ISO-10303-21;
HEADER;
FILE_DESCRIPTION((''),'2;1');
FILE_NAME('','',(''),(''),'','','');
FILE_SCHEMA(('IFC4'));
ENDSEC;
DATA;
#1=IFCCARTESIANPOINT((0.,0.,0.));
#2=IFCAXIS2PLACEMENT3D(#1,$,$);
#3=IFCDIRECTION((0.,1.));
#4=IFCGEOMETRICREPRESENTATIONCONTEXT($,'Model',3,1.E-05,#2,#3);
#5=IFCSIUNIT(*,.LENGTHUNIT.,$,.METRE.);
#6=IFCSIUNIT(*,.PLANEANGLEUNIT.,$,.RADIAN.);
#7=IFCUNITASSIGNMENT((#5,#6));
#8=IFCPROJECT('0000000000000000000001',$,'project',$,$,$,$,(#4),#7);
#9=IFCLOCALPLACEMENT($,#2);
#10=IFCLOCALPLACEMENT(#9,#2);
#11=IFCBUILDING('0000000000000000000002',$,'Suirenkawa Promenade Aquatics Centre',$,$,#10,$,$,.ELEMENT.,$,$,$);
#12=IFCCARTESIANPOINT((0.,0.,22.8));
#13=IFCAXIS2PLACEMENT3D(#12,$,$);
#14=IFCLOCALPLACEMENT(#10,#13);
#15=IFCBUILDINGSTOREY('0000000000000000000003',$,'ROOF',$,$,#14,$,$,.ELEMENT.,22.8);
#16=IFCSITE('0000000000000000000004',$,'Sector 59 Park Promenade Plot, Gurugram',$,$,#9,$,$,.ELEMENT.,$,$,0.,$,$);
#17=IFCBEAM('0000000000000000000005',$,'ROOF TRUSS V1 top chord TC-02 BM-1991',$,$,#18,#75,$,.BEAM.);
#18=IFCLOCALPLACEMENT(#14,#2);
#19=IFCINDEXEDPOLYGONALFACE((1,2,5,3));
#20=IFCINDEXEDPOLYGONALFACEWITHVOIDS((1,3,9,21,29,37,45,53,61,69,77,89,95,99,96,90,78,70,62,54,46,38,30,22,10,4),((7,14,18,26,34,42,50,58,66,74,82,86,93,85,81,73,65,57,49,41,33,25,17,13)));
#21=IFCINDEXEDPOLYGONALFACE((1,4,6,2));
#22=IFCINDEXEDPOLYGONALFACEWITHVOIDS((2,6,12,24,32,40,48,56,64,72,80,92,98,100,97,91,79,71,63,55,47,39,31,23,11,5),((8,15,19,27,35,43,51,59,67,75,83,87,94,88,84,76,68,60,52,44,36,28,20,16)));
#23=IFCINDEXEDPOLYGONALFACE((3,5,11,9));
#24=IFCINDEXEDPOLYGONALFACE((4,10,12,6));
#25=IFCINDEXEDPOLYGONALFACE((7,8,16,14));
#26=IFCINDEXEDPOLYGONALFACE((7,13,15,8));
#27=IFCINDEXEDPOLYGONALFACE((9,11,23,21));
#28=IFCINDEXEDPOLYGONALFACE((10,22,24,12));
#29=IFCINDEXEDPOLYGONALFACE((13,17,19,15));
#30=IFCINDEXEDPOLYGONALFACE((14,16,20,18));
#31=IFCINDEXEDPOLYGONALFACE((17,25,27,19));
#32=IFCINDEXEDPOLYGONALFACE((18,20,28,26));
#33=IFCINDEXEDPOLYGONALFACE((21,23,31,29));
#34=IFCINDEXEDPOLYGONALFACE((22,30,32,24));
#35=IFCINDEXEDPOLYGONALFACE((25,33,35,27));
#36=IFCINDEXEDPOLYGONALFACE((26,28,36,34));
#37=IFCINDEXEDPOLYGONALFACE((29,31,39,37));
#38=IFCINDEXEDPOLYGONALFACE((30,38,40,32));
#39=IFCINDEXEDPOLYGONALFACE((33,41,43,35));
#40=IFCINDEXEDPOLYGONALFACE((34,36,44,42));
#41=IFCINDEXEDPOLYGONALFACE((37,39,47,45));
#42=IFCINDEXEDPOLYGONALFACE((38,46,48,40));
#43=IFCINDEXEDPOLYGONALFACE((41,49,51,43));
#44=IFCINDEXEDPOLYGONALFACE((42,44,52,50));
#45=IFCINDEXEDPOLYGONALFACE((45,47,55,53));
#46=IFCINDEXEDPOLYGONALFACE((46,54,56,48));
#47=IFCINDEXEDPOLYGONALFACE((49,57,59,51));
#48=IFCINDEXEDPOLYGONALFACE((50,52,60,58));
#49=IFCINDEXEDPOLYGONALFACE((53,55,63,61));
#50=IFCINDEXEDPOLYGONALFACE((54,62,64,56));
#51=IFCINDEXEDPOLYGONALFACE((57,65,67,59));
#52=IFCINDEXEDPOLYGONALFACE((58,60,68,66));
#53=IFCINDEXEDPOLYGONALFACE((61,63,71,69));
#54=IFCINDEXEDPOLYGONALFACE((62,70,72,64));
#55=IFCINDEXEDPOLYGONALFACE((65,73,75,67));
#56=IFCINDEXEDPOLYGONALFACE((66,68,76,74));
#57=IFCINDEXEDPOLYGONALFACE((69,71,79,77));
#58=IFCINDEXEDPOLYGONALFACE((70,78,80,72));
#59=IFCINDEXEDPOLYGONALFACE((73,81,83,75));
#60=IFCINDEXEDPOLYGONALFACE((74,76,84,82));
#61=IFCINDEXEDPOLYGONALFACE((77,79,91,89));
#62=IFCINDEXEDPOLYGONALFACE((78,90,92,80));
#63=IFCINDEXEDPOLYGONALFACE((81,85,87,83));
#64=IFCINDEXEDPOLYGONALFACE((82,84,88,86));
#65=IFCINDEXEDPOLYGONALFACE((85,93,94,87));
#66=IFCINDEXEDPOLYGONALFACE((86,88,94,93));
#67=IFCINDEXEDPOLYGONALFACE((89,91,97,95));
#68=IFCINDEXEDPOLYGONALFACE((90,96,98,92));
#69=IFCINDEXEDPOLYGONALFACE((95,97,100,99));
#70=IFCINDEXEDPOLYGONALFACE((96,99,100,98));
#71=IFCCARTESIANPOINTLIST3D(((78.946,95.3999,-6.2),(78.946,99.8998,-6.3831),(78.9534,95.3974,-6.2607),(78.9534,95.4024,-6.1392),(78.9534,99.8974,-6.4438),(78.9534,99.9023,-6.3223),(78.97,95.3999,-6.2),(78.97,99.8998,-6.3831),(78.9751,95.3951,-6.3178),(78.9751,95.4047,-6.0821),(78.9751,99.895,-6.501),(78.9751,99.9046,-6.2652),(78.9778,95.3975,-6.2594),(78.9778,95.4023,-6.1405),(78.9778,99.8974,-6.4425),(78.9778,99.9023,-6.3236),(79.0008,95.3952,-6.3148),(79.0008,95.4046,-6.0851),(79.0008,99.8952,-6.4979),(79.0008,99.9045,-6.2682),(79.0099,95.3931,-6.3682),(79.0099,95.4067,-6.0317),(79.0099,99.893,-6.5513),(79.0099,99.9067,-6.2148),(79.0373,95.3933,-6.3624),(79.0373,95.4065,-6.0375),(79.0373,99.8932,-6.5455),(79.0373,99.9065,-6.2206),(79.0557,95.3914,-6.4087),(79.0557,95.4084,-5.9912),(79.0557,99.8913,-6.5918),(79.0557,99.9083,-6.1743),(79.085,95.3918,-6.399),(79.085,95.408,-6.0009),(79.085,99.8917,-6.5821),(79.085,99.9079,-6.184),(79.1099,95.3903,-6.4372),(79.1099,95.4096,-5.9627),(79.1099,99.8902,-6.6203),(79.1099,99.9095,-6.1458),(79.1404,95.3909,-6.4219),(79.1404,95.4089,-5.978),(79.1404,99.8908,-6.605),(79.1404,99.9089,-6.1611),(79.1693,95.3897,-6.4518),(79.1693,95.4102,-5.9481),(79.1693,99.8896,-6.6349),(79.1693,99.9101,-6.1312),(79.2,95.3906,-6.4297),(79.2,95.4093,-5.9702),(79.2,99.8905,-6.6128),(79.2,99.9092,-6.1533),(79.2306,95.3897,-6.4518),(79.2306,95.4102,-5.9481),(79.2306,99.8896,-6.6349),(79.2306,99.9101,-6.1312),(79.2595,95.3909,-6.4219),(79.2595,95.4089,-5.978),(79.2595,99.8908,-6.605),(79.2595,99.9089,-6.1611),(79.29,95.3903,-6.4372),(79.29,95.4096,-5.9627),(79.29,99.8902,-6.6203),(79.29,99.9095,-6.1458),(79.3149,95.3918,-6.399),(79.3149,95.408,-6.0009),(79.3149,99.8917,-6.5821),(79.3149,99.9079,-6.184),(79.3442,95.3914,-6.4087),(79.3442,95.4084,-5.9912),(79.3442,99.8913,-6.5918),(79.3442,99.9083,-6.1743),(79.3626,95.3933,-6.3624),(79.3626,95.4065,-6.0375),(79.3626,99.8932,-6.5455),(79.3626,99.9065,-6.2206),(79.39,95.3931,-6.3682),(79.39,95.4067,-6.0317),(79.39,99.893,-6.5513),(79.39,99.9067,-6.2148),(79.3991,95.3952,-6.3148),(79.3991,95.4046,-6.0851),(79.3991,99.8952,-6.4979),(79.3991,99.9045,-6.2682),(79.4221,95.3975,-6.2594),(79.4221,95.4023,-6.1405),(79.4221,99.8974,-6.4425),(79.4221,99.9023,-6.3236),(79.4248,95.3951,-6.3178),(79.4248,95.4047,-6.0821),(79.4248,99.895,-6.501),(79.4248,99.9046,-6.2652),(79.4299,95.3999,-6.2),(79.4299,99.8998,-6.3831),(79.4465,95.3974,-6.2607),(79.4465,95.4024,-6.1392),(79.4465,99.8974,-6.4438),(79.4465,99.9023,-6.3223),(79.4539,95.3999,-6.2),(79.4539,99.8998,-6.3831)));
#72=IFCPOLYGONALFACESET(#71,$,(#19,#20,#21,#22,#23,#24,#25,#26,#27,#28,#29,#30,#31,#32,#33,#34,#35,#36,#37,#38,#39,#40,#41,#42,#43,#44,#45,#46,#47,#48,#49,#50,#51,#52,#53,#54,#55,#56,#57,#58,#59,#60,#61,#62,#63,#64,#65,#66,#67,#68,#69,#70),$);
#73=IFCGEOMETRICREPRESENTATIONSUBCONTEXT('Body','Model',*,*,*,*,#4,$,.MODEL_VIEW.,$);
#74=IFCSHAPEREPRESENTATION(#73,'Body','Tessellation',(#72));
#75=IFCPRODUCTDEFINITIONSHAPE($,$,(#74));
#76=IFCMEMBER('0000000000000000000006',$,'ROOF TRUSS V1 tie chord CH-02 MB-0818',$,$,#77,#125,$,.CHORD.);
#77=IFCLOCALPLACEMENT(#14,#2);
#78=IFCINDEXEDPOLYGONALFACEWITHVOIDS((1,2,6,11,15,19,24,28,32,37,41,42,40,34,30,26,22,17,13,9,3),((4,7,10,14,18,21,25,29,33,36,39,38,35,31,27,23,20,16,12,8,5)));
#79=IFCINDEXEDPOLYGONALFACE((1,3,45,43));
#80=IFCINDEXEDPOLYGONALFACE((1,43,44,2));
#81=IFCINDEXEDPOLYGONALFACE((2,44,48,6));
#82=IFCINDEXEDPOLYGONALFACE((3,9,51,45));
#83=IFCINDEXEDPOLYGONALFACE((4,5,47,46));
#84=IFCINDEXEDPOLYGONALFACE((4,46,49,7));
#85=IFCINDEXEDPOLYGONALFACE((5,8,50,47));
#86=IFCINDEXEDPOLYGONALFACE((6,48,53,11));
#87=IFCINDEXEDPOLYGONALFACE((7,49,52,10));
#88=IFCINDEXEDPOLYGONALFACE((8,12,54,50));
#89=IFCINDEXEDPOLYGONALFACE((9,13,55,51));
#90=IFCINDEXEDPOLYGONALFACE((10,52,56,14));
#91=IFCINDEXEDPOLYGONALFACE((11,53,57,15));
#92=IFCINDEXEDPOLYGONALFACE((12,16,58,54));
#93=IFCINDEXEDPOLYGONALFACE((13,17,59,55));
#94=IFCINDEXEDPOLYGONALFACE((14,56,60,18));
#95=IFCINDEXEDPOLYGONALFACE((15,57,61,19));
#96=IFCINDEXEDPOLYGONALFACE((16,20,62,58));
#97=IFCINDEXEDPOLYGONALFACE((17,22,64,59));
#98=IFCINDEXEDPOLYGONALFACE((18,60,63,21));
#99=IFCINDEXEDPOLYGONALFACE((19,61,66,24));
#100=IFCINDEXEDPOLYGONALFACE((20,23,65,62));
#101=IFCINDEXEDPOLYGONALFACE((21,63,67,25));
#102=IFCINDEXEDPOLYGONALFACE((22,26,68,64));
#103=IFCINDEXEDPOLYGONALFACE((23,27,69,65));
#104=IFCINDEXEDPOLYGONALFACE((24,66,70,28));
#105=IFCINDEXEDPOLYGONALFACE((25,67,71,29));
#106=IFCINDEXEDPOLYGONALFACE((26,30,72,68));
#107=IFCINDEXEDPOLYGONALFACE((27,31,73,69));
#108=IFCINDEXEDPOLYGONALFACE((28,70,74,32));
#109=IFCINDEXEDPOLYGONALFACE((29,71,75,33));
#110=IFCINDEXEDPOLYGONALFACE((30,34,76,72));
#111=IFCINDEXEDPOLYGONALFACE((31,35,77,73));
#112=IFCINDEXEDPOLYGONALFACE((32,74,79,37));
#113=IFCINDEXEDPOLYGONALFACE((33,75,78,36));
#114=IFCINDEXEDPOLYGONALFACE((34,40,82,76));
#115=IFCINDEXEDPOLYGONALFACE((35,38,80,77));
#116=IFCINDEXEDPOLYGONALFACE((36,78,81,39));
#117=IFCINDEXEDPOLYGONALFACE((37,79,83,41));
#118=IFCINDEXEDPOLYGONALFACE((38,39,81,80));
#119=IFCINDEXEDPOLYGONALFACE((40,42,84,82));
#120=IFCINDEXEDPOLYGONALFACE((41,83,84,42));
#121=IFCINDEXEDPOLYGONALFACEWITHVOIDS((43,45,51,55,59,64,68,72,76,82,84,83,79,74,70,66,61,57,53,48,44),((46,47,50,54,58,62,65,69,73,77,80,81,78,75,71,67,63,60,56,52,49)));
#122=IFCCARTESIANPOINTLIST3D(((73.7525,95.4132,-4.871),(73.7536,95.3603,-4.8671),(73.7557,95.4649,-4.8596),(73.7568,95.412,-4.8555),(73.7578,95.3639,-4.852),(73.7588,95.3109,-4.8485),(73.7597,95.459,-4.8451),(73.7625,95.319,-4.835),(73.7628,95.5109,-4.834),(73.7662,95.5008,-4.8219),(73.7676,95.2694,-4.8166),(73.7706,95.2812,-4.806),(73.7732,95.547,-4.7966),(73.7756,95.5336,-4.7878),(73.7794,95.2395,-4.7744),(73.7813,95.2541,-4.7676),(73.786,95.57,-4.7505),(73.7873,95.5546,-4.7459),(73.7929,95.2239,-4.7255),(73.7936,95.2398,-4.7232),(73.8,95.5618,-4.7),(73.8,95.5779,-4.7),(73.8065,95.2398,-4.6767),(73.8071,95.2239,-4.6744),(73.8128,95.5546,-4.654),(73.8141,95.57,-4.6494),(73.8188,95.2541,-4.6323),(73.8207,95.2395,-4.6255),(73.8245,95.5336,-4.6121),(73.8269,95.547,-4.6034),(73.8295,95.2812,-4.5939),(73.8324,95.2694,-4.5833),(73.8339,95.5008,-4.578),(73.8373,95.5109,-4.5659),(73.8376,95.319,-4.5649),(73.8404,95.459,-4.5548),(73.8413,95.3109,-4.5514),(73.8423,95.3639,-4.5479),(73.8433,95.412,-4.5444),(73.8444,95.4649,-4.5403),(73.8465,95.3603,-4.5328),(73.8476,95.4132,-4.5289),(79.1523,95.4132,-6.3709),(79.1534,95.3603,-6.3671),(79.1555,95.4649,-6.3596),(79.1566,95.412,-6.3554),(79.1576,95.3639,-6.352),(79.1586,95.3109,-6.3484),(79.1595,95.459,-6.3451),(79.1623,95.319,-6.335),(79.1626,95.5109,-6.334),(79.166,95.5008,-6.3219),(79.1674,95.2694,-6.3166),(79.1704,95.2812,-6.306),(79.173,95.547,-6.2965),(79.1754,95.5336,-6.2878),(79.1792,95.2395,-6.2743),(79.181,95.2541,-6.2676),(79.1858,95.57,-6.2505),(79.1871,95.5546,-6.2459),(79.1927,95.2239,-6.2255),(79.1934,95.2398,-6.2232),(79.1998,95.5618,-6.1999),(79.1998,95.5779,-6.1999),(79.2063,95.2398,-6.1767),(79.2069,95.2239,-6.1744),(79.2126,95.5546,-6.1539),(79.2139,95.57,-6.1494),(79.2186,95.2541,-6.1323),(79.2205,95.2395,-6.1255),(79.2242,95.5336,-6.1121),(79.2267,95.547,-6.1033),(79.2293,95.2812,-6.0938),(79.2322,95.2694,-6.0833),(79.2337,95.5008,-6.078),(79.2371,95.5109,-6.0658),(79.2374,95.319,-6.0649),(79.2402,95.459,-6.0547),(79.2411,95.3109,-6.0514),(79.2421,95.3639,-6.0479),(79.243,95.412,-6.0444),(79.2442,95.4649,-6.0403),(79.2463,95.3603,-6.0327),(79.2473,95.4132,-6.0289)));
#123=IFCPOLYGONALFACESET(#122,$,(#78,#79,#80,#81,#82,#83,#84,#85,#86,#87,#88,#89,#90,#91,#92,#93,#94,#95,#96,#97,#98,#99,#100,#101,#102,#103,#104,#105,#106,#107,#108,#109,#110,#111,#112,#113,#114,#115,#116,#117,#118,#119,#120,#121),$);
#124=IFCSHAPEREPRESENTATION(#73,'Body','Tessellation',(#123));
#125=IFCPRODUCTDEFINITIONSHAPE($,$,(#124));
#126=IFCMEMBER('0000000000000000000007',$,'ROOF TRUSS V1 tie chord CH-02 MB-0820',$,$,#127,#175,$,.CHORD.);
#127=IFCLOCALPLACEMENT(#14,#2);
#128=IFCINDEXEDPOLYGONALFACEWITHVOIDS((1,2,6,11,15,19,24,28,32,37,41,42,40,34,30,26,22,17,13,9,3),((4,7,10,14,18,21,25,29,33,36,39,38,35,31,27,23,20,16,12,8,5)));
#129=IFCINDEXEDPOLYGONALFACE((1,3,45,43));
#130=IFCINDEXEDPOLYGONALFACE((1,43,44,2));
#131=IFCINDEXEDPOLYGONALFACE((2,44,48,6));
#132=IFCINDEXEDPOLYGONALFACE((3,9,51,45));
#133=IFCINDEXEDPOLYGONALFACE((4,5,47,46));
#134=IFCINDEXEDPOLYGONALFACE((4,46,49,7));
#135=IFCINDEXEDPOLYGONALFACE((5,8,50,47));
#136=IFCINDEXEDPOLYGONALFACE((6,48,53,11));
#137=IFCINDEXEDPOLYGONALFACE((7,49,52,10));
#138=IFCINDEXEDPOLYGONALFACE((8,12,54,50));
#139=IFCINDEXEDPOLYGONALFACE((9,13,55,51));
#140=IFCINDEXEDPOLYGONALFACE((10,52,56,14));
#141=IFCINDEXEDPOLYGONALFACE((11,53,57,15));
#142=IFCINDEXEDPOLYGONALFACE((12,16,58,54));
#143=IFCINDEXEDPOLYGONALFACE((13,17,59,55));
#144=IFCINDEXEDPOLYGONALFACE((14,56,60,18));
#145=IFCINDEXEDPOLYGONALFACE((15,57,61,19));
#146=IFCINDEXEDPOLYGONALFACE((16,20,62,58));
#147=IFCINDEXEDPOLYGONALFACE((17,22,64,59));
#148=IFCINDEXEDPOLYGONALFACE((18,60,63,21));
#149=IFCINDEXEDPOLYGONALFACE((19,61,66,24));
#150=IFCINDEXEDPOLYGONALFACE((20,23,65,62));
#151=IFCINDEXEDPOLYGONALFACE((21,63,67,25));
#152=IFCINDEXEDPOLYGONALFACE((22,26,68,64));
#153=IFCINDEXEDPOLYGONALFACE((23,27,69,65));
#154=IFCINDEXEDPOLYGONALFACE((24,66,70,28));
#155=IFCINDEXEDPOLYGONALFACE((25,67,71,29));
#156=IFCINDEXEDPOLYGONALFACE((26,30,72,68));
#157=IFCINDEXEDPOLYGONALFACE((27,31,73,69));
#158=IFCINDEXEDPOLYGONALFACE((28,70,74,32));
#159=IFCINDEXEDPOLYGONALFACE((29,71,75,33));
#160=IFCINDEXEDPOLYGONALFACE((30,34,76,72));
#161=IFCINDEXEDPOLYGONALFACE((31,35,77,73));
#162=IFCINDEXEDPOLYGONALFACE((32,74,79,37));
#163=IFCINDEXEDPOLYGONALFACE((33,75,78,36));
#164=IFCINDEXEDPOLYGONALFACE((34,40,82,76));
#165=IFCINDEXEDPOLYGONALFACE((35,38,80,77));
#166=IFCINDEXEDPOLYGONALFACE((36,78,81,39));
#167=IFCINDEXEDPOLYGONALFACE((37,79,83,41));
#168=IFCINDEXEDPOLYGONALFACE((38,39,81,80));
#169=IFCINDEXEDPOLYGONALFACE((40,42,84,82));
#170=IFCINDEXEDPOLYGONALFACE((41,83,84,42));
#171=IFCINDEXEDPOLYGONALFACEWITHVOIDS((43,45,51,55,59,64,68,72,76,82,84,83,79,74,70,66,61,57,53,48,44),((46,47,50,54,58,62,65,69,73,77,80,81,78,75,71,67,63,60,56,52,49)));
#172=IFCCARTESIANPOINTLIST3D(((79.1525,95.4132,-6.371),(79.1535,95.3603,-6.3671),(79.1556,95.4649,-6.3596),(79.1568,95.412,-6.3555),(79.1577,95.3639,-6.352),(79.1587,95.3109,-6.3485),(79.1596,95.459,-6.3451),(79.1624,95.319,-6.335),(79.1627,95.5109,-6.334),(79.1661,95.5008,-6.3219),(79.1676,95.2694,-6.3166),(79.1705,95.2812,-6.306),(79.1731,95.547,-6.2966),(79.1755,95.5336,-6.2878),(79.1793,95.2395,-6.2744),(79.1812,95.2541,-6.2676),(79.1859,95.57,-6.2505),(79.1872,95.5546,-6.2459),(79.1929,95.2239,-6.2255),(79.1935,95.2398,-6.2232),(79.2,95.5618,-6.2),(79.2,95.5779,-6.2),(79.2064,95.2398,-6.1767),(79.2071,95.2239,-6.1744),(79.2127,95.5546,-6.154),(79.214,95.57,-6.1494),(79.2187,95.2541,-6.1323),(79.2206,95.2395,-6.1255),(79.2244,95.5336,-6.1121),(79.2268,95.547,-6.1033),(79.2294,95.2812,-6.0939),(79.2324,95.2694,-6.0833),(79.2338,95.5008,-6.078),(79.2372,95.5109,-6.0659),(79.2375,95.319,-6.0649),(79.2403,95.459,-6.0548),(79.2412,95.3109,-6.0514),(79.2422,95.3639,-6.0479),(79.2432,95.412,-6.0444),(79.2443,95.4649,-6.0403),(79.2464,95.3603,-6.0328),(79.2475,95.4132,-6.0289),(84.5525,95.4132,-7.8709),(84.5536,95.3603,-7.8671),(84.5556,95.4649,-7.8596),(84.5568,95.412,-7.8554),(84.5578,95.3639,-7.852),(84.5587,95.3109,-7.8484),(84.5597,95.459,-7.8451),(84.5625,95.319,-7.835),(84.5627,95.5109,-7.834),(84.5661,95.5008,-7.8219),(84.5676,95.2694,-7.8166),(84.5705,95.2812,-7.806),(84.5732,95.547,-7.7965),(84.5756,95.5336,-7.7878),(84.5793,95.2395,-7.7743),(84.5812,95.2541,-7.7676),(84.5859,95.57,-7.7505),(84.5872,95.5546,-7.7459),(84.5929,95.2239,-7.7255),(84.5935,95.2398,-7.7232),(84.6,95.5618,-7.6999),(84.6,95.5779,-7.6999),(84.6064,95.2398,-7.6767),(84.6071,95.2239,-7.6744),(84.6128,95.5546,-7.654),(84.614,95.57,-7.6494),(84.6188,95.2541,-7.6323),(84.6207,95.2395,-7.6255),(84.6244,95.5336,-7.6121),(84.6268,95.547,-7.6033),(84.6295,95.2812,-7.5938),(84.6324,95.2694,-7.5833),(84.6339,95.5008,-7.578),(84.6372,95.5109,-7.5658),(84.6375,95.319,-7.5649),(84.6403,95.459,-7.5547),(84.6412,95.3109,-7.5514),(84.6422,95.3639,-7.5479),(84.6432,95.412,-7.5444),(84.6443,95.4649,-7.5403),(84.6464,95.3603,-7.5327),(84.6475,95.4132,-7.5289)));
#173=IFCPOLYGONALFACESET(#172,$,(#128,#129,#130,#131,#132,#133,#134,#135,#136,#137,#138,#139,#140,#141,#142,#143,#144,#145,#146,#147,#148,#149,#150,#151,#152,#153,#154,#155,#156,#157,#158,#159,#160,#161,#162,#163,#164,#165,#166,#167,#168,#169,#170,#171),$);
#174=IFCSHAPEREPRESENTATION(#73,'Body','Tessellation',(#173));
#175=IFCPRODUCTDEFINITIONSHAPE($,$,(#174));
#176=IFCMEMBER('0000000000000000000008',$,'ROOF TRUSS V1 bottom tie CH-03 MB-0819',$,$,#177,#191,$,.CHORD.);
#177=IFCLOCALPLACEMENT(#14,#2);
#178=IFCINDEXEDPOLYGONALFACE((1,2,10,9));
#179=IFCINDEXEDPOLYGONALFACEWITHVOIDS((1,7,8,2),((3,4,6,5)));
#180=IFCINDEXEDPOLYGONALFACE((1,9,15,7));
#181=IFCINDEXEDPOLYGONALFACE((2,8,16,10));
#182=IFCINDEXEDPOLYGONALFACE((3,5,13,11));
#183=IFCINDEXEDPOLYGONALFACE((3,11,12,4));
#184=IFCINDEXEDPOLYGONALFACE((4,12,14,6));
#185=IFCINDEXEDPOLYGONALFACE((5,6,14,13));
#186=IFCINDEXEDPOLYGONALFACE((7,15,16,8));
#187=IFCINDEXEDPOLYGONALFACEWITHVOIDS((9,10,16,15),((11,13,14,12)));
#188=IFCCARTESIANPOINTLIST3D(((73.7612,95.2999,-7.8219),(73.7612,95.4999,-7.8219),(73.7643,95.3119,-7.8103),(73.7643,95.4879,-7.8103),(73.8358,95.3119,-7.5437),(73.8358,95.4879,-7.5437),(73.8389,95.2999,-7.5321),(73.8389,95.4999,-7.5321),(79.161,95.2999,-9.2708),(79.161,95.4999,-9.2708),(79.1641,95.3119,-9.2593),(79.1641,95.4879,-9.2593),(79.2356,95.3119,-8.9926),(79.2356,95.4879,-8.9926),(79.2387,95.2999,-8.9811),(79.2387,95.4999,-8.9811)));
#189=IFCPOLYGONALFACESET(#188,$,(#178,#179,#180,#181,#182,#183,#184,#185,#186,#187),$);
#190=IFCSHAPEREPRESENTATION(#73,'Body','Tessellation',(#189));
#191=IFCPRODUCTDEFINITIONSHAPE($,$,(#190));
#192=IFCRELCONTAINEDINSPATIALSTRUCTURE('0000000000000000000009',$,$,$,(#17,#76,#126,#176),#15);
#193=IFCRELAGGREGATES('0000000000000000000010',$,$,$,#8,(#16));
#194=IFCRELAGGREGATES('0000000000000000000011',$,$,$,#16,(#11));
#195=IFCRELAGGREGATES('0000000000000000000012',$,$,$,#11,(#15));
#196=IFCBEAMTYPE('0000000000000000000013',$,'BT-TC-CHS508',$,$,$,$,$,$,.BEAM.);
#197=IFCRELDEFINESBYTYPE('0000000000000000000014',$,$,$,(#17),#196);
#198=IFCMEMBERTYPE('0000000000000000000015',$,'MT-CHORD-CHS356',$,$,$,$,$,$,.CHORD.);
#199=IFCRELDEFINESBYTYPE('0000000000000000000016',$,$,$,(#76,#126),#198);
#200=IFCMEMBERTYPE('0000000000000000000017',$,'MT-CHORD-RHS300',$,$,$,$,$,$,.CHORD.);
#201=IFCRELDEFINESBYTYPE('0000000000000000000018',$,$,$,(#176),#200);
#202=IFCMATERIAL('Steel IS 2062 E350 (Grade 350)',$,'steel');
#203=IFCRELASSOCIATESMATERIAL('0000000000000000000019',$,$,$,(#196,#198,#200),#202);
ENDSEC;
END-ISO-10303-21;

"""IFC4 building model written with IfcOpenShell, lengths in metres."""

from ifc_helpers import new_model, si_unit, direction, frame, origin, origin_2d, place, context, subcontext, project, spatial, hollow_rectangle, hollow_circle, extrude, material, material_profile, profile_set, type_object, element, save


model = new_model("IFC4")

# Units and contexts
model_context = context("Model", 3, precision=1e-05, world=origin(), true_north=direction((0.0, 1.0)))
body_context = subcontext(model_context, "Body", "Model", "MODEL_VIEW")
ifc_project = project(units=[si_unit("LENGTHUNIT", "METRE"), si_unit("PLANEANGLEUNIT", "RADIAN")], contexts=[model_context])

# Site, building, storey
site_placement = place(None, origin())
site = spatial("IfcSite", under=ifc_project, at=site_placement, Name="Sector 59 Park Promenade Plot, Gurugram", CompositionType="ELEMENT", RefElevation=0.0)
building_placement = place(site_placement, origin())
building = spatial("IfcBuilding", under=site, at=building_placement, Name="Suirenkawa Promenade Aquatics Centre", CompositionType="ELEMENT")
storey_placement = place(building_placement, frame((0.0, 0.0, 22.8)))
storey = spatial("IfcBuildingStorey", under=building, at=storey_placement, Name="ROOF", CompositionType="ELEMENT", Elevation=22.8)

# Beam
ifc_material_1 = material(Name="Steel IS 2062 E350 (Grade 350)", Category="steel")
ifc_material_profile_1 = material_profile(ifc_material_1, hollow_circle(Radius=0.2539, WallThickness=0.0239, at=origin_2d()), Name="CHS 508x24", Category="steel")
ifc_profile_set_1 = profile_set([ifc_material_profile_1], Name="Steel IS 2062 E350 (Grade 350)")
beam_type_1 = type_object("IfcBeamType", Name="BT-TC-CHS508", PredefinedType="BEAM", material=ifc_profile_set_1)
for number, where, z_axis, x_axis, name in (
    (1, (79.2, 95.3999, -6.2), (0.0, 0.999173, -0.040656), (-1.0, 0.0, 0.0), "ROOF TRUSS V1 top chord TC-02 BM-1991"),
):
    element("IfcBeam", number, at=place(storey_placement, frame(where, z_axis=z_axis, x_axis=x_axis)), inside=storey, type_object=beam_type_1, Name=name, PredefinedType="BEAM", context=body_context, shape_type="SweptSolid", body=[
        extrude(hollow_circle(Radius=0.2539, WallThickness=0.0239, at=origin_2d()), origin(), (0.0, 0.0, 1.0), 4.5037),
    ])

# Members
ifc_material_profile_2 = material_profile(ifc_material_1, hollow_circle(Radius=0.178, WallThickness=0.0161, at=origin_2d()), Name="CHS 356x16", Category="steel")
ifc_profile_set_2 = profile_set([ifc_material_profile_2], Name="Steel IS 2062 E350 (Grade 350)")
member_type_1 = type_object("IfcMemberType", Name="MT-CHORD-CHS356", PredefinedType="CHORD", material=ifc_profile_set_2)
member_1_placement = place(storey_placement, frame((73.8, 95.3999, -4.7), z_axis=(0.963517, 0.0, -0.267648), x_axis=(0.0, 1.0, 0.0)))
element("IfcMember", 2, at=member_1_placement, inside=storey, type_object=member_type_1, Name="ROOF TRUSS V1 tie chord CH-02 MB-0818", PredefinedType="CHORD", context=body_context, shape_type="SweptSolid", body=[
    extrude(hollow_circle(Radius=0.178, WallThickness=0.0161, at=origin_2d()), origin(), (0.0, 0.0, 1.0), 5.6042),
])
member_2_placement = place(storey_placement, frame((79.2, 95.3999, -6.2), z_axis=(0.96352, 0.0, -0.267637), x_axis=(0.0, 1.0, 0.0)))
element("IfcMember", 3, at=member_2_placement, inside=storey, type_object=member_type_1, Name="ROOF TRUSS V1 tie chord CH-02 MB-0820", PredefinedType="CHORD", context=body_context, shape_type="SweptSolid", body=[
    extrude(hollow_circle(Radius=0.178, WallThickness=0.0161, at=origin_2d()), origin(), (0.0, 0.0, 1.0), 5.6045),
])
ifc_material_profile_3 = material_profile(ifc_material_1, hollow_rectangle(XDim=0.2, YDim=0.3, WallThickness=0.012, at=origin_2d()), Name="RHS 300x200x12", Category="steel")
ifc_profile_set_3 = profile_set([ifc_material_profile_3], Name="Steel IS 2062 E350 (Grade 350)")
member_type_2 = type_object("IfcMemberType", Name="MT-CHORD-RHS300", PredefinedType="CHORD", material=ifc_profile_set_3)
member_3_placement = place(storey_placement, frame((73.8, 95.3999, -7.677), z_axis=(0.965833, 0.0, -0.259165), x_axis=(0.0, 1.0, 0.0)))
element("IfcMember", 4, at=member_3_placement, inside=storey, type_object=member_type_2, Name="ROOF TRUSS V1 bottom tie CH-03 MB-0819", PredefinedType="CHORD", context=body_context, shape_type="SweptSolid", body=[
    extrude(hollow_rectangle(XDim=0.2, YDim=0.3, WallThickness=0.012, at=origin_2d()), origin(), (0.0, 0.0, 1.0), 5.5908),
])

save(model, "model.ifc")
